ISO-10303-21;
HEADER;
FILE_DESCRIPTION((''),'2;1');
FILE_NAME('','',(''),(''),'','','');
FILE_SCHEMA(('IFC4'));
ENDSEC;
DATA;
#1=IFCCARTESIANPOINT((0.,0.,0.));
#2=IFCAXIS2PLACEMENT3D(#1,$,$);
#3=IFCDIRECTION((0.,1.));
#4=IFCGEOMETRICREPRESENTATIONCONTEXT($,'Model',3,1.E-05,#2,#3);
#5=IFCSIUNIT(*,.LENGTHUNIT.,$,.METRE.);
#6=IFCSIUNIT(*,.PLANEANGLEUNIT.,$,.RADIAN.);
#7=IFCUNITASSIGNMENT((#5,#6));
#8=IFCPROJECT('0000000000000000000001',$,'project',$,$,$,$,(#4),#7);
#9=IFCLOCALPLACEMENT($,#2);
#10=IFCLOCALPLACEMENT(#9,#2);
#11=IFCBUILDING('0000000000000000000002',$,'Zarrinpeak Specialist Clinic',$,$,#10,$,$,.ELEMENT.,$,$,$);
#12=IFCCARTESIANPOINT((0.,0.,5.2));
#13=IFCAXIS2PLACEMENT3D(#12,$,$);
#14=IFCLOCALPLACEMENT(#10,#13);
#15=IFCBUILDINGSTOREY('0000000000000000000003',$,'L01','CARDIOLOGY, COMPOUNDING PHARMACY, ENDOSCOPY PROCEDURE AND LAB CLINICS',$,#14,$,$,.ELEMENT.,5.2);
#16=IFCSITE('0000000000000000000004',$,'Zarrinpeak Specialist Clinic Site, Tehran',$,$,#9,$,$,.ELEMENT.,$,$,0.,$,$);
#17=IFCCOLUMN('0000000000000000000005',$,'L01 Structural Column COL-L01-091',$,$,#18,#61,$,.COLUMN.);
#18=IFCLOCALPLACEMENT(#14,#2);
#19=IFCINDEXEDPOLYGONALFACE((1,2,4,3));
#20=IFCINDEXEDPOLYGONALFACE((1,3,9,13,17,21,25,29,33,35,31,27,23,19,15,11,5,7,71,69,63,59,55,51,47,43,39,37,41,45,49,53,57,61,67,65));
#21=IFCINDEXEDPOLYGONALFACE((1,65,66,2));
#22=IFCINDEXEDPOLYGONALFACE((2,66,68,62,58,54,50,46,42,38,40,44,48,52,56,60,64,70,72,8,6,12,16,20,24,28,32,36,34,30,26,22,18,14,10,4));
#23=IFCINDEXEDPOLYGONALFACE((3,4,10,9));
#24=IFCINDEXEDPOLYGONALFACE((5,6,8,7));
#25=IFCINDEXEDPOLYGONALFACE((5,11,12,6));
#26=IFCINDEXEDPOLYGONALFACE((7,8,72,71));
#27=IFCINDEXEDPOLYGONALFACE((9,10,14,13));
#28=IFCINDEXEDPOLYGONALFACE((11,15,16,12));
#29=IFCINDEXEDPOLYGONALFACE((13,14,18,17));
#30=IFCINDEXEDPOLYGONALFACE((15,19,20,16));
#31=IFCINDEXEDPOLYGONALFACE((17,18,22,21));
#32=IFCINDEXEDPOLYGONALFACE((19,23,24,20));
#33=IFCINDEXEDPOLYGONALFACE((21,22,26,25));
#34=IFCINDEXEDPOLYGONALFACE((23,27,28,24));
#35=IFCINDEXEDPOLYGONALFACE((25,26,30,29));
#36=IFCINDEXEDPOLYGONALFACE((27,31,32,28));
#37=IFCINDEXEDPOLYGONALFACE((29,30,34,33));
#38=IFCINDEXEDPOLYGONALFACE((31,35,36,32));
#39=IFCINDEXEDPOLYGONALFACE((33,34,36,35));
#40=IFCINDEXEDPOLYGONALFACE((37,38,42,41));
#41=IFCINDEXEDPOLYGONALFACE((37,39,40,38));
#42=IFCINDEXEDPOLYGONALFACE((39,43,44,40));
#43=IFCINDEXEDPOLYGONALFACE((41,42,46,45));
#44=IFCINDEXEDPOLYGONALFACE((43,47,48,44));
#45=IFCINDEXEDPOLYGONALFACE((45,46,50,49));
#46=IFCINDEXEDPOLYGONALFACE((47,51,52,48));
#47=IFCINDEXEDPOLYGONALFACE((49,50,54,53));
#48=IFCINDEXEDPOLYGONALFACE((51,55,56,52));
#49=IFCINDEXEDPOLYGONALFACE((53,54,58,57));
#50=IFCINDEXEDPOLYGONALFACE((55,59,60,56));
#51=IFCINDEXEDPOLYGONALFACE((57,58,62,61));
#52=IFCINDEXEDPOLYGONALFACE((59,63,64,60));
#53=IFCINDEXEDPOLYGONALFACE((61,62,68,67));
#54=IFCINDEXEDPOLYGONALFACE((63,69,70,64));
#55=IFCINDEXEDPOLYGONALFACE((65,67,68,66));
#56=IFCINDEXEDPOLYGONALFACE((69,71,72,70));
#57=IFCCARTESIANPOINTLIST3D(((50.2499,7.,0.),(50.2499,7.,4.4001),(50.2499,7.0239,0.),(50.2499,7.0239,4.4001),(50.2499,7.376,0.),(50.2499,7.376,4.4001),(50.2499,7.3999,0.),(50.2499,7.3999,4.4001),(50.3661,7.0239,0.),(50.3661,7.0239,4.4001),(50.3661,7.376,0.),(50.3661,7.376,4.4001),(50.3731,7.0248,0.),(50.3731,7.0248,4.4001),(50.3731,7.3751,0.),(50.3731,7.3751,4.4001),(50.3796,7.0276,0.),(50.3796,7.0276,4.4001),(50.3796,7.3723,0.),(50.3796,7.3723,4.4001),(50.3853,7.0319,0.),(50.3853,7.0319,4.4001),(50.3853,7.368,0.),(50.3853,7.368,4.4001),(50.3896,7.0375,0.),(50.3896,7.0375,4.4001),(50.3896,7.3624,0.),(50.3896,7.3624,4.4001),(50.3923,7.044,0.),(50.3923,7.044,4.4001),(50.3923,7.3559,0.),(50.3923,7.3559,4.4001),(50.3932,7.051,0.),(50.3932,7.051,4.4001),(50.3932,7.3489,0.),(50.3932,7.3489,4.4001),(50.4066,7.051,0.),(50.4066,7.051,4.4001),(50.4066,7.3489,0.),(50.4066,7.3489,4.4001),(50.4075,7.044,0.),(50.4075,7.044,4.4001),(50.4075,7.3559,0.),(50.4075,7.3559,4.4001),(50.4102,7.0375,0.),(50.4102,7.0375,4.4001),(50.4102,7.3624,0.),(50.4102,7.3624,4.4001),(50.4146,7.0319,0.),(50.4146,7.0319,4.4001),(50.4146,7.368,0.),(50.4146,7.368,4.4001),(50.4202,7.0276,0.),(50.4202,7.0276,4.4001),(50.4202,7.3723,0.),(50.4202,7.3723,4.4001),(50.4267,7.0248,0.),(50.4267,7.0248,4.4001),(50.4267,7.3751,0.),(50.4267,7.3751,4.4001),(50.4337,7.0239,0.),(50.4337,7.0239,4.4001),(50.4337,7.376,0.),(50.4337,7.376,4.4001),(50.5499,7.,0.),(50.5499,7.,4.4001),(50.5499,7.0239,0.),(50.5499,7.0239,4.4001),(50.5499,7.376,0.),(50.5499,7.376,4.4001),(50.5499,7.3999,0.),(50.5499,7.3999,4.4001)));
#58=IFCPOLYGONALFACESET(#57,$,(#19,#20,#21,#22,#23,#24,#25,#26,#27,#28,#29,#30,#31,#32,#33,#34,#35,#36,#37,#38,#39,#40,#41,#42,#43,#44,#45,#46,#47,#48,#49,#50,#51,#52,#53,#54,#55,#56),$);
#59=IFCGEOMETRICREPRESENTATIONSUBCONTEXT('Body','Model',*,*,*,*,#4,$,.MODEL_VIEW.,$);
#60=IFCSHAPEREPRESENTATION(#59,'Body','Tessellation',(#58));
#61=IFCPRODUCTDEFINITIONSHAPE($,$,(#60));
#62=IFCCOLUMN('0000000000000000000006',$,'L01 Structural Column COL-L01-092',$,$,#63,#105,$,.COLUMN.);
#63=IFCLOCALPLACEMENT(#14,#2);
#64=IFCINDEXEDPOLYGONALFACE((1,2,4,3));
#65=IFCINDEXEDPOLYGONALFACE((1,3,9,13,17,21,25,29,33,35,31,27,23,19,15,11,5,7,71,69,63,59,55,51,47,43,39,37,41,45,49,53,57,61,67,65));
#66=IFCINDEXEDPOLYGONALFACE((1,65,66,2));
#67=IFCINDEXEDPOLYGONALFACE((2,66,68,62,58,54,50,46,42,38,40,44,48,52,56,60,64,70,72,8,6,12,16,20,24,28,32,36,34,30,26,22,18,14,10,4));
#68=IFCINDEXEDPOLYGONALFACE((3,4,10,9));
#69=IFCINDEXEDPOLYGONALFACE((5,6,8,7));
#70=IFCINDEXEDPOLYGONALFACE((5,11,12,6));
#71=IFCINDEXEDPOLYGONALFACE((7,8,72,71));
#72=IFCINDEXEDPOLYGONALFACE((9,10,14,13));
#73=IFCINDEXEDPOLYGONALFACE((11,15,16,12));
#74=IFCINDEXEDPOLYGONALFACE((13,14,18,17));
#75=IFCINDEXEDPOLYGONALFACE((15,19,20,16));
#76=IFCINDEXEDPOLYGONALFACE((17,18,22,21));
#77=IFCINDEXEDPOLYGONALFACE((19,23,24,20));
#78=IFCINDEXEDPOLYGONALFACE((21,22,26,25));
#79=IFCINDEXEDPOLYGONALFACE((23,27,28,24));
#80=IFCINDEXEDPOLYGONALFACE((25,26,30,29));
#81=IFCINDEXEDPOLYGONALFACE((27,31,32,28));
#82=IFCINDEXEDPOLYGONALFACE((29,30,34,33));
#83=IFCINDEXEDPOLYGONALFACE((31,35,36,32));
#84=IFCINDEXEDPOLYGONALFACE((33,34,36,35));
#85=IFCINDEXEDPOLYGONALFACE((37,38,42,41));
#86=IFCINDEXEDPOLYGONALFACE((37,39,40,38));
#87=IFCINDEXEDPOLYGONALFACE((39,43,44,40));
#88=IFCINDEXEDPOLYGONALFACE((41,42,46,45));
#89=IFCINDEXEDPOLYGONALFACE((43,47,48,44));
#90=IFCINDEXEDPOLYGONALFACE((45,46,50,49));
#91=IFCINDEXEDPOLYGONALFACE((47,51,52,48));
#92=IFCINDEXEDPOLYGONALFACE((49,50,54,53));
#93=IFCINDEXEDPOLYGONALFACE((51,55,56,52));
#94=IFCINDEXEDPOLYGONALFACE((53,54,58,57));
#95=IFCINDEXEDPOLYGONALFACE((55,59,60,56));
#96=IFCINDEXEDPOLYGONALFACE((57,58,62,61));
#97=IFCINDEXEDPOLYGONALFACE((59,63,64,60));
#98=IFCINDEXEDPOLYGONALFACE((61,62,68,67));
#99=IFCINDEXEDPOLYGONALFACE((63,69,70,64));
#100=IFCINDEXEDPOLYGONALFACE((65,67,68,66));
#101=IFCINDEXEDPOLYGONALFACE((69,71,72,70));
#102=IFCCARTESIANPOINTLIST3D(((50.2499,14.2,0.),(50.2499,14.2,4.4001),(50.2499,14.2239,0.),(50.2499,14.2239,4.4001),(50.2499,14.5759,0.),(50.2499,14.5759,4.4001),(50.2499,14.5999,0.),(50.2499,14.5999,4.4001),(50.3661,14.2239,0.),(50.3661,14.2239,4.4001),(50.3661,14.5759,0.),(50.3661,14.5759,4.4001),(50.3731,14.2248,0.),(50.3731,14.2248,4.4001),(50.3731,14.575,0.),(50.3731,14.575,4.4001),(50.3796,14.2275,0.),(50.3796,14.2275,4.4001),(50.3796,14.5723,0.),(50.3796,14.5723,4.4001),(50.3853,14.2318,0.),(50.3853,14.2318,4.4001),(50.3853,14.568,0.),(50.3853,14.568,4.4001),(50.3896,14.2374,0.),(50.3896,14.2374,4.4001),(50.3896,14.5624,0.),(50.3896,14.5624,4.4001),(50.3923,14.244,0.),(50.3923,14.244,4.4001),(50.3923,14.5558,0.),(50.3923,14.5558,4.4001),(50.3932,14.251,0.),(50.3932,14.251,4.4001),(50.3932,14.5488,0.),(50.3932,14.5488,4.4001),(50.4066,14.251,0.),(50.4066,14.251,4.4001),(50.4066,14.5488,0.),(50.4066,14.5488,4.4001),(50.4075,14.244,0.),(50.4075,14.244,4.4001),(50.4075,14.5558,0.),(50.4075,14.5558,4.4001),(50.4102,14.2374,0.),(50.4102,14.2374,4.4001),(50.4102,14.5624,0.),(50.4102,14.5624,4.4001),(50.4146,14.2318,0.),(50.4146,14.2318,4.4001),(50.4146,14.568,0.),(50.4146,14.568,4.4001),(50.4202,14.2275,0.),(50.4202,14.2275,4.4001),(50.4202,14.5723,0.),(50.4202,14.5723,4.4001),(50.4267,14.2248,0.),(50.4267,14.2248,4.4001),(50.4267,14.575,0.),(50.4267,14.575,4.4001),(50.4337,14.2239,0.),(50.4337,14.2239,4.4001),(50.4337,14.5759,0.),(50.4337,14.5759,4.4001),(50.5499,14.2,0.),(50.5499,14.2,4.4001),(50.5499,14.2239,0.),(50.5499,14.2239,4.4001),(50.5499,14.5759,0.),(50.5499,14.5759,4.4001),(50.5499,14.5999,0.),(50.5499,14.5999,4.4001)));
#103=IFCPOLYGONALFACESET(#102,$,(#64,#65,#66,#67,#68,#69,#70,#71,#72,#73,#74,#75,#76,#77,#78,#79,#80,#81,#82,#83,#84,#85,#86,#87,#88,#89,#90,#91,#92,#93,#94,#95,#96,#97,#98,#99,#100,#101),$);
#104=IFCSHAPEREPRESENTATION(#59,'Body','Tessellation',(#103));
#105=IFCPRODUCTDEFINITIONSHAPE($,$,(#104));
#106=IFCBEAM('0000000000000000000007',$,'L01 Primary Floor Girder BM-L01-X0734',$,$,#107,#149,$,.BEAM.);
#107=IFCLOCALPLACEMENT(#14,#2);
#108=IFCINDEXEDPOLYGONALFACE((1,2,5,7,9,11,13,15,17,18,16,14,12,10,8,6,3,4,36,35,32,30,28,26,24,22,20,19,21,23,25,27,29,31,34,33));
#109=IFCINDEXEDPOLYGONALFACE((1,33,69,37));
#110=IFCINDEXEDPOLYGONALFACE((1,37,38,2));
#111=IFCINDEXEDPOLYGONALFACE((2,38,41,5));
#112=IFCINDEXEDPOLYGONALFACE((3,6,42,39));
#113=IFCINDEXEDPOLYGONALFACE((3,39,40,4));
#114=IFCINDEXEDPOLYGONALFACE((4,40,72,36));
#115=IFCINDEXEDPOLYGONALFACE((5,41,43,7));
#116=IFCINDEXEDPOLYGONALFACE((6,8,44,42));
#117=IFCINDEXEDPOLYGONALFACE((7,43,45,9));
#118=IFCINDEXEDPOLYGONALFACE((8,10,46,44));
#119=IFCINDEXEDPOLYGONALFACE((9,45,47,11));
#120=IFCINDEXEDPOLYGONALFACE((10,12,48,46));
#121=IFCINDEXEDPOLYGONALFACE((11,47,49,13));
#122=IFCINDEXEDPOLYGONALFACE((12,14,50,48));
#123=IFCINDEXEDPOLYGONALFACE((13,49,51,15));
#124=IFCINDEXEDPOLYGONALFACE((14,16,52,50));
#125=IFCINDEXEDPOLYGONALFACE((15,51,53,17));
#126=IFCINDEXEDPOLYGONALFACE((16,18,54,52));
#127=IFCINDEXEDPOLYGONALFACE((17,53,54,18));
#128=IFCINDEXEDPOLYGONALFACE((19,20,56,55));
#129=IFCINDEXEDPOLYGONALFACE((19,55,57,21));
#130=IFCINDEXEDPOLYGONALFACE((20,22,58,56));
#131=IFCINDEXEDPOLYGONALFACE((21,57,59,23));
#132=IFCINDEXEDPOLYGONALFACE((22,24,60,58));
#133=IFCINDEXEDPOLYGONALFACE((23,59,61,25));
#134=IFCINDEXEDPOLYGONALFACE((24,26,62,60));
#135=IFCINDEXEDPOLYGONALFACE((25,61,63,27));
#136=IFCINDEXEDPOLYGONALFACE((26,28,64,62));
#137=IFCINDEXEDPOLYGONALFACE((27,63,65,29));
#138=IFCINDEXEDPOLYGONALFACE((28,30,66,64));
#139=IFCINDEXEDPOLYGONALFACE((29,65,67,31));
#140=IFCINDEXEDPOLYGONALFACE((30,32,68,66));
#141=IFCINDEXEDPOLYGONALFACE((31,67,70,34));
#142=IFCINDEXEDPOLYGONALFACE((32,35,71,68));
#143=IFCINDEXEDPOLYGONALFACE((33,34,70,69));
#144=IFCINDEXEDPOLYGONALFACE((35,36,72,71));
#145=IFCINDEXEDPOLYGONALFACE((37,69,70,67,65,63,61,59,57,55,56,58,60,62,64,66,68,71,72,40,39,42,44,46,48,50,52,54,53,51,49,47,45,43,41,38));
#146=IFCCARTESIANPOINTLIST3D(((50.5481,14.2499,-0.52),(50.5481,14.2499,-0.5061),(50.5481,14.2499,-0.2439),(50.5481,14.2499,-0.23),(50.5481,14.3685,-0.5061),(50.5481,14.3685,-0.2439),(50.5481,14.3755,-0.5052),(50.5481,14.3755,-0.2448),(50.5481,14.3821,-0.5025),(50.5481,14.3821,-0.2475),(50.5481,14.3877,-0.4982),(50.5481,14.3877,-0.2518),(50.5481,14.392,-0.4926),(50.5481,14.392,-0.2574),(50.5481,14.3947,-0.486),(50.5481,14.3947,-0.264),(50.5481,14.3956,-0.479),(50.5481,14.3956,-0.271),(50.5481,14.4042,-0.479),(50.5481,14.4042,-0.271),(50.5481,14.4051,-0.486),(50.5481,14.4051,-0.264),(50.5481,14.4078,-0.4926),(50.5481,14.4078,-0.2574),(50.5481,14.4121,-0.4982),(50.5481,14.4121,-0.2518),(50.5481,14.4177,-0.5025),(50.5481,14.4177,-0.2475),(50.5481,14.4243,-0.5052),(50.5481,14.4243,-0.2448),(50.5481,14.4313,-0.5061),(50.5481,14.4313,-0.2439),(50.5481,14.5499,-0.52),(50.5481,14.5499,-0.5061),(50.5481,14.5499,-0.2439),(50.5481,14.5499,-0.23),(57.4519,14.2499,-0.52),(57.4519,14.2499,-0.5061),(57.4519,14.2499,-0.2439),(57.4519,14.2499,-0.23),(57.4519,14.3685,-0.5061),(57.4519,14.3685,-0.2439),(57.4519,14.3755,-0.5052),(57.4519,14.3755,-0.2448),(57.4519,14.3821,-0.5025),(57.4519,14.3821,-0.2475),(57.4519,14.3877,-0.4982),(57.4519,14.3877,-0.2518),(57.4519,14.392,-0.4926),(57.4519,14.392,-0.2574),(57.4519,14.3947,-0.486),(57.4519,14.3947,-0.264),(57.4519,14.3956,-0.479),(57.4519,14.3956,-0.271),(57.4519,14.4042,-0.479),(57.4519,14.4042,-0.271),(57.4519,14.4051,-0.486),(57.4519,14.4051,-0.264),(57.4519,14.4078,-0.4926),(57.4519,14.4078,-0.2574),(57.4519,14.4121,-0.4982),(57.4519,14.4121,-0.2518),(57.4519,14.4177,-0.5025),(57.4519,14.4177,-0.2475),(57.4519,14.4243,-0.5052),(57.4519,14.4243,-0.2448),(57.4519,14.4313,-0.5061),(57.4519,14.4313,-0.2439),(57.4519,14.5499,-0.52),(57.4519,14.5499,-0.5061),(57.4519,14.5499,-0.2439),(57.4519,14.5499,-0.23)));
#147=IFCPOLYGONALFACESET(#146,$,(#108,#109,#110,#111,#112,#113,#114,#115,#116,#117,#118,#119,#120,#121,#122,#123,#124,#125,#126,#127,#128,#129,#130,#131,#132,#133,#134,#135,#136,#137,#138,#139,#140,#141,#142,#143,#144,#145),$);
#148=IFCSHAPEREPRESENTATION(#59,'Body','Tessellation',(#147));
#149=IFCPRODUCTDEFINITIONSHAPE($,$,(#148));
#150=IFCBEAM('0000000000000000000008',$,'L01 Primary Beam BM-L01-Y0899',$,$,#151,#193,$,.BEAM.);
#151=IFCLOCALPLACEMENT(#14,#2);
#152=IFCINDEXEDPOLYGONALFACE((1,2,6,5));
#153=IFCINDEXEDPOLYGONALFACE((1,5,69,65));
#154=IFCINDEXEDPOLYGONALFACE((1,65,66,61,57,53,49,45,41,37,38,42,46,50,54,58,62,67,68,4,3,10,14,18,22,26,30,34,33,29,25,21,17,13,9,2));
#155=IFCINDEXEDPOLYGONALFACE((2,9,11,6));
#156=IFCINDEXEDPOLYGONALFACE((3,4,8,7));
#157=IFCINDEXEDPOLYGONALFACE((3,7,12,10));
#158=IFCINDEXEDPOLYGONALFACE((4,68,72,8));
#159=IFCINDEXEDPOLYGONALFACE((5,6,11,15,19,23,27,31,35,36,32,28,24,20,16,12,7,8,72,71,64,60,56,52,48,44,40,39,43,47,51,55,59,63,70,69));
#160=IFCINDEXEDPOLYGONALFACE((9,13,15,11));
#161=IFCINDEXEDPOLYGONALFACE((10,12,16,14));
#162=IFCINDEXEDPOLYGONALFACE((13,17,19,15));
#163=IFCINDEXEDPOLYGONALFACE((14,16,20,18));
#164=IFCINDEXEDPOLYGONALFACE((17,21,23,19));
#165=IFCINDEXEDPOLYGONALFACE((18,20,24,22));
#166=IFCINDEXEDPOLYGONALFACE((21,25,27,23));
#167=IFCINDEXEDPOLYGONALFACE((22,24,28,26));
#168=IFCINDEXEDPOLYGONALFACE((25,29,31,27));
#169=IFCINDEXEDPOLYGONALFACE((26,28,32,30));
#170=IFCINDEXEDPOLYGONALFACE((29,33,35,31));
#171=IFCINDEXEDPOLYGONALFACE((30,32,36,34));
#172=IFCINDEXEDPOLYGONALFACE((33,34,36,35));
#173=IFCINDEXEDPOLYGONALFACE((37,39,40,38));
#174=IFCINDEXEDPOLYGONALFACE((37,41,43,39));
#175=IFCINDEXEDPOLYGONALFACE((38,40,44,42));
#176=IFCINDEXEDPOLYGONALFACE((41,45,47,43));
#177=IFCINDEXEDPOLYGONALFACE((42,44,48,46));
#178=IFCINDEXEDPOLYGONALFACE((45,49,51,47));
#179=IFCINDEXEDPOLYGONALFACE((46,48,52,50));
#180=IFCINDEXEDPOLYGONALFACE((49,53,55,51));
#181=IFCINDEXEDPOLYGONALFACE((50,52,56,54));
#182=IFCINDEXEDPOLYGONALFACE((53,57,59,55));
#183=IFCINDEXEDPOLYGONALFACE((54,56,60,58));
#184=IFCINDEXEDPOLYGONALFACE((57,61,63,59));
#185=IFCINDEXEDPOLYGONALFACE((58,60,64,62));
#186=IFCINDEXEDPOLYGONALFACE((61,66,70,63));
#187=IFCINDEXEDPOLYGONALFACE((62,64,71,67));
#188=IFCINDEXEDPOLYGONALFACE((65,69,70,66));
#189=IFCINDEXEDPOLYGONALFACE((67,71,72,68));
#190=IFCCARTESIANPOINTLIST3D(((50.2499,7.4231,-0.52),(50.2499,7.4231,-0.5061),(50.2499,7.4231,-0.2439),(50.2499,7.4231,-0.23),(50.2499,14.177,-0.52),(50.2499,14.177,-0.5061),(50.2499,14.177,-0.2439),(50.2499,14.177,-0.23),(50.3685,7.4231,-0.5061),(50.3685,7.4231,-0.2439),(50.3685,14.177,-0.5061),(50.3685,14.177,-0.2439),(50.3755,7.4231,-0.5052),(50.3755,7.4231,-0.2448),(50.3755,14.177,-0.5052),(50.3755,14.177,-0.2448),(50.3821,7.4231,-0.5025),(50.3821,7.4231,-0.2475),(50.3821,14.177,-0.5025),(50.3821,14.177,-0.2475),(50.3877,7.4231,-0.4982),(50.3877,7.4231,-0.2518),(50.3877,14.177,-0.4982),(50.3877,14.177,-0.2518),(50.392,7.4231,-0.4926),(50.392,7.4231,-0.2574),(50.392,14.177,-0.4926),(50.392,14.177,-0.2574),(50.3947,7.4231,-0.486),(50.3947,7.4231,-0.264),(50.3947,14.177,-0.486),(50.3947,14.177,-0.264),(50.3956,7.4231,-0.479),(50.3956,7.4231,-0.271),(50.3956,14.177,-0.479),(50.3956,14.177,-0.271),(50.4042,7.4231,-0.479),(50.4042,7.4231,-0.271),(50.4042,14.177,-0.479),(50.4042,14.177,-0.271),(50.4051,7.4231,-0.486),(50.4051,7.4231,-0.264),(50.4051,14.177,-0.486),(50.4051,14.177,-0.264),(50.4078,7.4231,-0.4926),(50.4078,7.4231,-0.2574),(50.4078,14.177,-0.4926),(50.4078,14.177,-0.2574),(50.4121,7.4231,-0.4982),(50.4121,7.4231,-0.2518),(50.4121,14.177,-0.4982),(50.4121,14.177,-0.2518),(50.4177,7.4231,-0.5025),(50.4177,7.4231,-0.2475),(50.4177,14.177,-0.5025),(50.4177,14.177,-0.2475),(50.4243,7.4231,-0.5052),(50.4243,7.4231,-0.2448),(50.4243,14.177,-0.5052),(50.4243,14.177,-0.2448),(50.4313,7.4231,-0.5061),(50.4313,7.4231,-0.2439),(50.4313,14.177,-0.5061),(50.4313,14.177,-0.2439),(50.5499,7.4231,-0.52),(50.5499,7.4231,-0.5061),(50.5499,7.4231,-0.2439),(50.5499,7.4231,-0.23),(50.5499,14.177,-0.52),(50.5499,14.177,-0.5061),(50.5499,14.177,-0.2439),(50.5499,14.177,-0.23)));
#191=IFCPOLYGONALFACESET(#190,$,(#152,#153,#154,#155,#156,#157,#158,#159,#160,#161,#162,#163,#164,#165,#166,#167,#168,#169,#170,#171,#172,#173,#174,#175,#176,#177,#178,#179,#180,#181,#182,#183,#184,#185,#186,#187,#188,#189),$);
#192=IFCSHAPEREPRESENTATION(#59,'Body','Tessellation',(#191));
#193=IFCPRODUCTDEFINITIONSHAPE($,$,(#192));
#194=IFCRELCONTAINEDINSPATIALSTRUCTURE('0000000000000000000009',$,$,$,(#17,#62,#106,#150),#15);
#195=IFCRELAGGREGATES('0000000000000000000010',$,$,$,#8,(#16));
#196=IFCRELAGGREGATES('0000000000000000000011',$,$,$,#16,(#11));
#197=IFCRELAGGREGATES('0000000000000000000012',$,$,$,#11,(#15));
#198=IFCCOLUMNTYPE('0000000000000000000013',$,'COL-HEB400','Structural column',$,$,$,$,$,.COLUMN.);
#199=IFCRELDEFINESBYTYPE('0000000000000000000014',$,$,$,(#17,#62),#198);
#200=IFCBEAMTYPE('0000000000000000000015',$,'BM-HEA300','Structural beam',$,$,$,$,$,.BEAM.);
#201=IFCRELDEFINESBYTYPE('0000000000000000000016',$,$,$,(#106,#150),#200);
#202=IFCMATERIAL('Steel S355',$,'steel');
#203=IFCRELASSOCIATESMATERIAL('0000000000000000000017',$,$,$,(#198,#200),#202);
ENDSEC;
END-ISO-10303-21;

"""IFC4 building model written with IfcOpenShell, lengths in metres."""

from ifc_helpers import new_model, si_unit, direction, frame, origin, origin_2d, place, context, subcontext, project, spatial, i_section, extrude, material, material_profile, profile_set, type_object, element, save


model = new_model("IFC4")

# Units and contexts
model_context = context("Model", 3, precision=1e-05, world=origin(), true_north=direction((0.0, 1.0)))
body_context = subcontext(model_context, "Body", "Model", "MODEL_VIEW")
ifc_project = project(units=[si_unit("LENGTHUNIT", "METRE"), si_unit("PLANEANGLEUNIT", "RADIAN")], contexts=[model_context])

# Site, building, storey
site_placement = place(None, origin())
site = spatial("IfcSite", under=ifc_project, at=site_placement, Name="Zarrinpeak Specialist Clinic Site, Tehran", CompositionType="ELEMENT", RefElevation=0.0)
building_placement = place(site_placement, origin())
building = spatial("IfcBuilding", under=site, at=building_placement, Name="Zarrinpeak Specialist Clinic", CompositionType="ELEMENT")
storey_placement = place(building_placement, frame((0.0, 0.0, 5.2)))
storey = spatial("IfcBuildingStorey", under=building, at=storey_placement, Name="L01", Description="CARDIOLOGY, COMPOUNDING PHARMACY, ENDOSCOPY PROCEDURE AND LAB CLINICS", CompositionType="ELEMENT", Elevation=5.2)

# Columns
ifc_material_1 = material(Name="Steel S355", Category="steel")
ifc_material_profile_1 = material_profile(ifc_material_1, i_section(OverallWidth=0.3, OverallDepth=0.3999, WebThickness=0.0134, FlangeThickness=0.0239, FilletRadius=0.0271, at=origin_2d()), Name="HEB 400")
ifc_profile_set_1 = profile_set([ifc_material_profile_1], Name="Steel S355")
column_type = type_object("IfcColumnType", Name="COL-HEB400", Description="Structural column", PredefinedType="COLUMN", material=ifc_profile_set_1)
for number, where, z_axis, x_axis, name in (
    (1, (50.3999, 7.2, 0.0), (0.0, 0.0, 1.0), (1.0, 0.0, 0.0), "L01 Structural Column COL-L01-091"),
    (2, (50.3999, 14.3999, 0.0), (0.0, 0.0, 1.0), (1.0, 0.0, 0.0), "L01 Structural Column COL-L01-092"),
):
    element("IfcColumn", number, at=place(storey_placement, frame(where, z_axis=z_axis, x_axis=x_axis)), inside=storey, type_object=column_type, Name=name, PredefinedType="COLUMN", context=body_context, shape_type="SweptSolid", body=[
        extrude(i_section(OverallWidth=0.3, OverallDepth=0.3999, WebThickness=0.0134, FlangeThickness=0.0239, FilletRadius=0.0271, at=origin_2d()), origin(), (0.0, 0.0, 1.0), 4.4001),
    ])

# Beams
ifc_material_profile_2 = material_profile(ifc_material_1, i_section(OverallWidth=0.3, OverallDepth=0.29, WebThickness=0.0085, FlangeThickness=0.0139, FilletRadius=0.0271, at=origin_2d()), Name="HEA 300")
ifc_profile_set_2 = profile_set([ifc_material_profile_2], Name="Steel S355")
beam_type_1 = type_object("IfcBeamType", Name="BM-HEA300", Description="Structural beam", PredefinedType="BEAM", material=ifc_profile_set_2)
beam_1_placement = place(storey_placement, frame((50.5481, 14.3999, -0.375), z_axis=(1.0, 0.0, 0.0), x_axis=(0.0, 1.0, 0.0)))
element("IfcBeam", 3, at=beam_1_placement, inside=storey, type_object=beam_type_1, Name="L01 Primary Floor Girder BM-L01-X0734", PredefinedType="BEAM", context=body_context, shape_type="SweptSolid", body=[
    extrude(i_section(OverallWidth=0.3, OverallDepth=0.29, WebThickness=0.0085, FlangeThickness=0.0139, FilletRadius=0.0271, at=origin_2d()), origin(), (0.0, 0.0, 1.0), 6.9038),
])
for number, where, z_axis, x_axis, name in (
    (4, (50.3999, 7.4231, -0.375), (0.0, 1.0, 0.0), (-1.0, 0.0, 0.0), "L01 Primary Beam BM-L01-Y0899"),
):
    element("IfcBeam", number, at=place(storey_placement, frame(where, z_axis=z_axis, x_axis=x_axis)), inside=storey, type_object=beam_type_1, Name=name, PredefinedType="BEAM", context=body_context, shape_type="SweptSolid", body=[
        extrude(i_section(OverallWidth=0.3, OverallDepth=0.29, WebThickness=0.0085, FlangeThickness=0.0139, FilletRadius=0.0271, at=origin_2d()), origin(), (0.0, 0.0, 1.0), 6.7539),
    ])

save(model, "model.ifc")
